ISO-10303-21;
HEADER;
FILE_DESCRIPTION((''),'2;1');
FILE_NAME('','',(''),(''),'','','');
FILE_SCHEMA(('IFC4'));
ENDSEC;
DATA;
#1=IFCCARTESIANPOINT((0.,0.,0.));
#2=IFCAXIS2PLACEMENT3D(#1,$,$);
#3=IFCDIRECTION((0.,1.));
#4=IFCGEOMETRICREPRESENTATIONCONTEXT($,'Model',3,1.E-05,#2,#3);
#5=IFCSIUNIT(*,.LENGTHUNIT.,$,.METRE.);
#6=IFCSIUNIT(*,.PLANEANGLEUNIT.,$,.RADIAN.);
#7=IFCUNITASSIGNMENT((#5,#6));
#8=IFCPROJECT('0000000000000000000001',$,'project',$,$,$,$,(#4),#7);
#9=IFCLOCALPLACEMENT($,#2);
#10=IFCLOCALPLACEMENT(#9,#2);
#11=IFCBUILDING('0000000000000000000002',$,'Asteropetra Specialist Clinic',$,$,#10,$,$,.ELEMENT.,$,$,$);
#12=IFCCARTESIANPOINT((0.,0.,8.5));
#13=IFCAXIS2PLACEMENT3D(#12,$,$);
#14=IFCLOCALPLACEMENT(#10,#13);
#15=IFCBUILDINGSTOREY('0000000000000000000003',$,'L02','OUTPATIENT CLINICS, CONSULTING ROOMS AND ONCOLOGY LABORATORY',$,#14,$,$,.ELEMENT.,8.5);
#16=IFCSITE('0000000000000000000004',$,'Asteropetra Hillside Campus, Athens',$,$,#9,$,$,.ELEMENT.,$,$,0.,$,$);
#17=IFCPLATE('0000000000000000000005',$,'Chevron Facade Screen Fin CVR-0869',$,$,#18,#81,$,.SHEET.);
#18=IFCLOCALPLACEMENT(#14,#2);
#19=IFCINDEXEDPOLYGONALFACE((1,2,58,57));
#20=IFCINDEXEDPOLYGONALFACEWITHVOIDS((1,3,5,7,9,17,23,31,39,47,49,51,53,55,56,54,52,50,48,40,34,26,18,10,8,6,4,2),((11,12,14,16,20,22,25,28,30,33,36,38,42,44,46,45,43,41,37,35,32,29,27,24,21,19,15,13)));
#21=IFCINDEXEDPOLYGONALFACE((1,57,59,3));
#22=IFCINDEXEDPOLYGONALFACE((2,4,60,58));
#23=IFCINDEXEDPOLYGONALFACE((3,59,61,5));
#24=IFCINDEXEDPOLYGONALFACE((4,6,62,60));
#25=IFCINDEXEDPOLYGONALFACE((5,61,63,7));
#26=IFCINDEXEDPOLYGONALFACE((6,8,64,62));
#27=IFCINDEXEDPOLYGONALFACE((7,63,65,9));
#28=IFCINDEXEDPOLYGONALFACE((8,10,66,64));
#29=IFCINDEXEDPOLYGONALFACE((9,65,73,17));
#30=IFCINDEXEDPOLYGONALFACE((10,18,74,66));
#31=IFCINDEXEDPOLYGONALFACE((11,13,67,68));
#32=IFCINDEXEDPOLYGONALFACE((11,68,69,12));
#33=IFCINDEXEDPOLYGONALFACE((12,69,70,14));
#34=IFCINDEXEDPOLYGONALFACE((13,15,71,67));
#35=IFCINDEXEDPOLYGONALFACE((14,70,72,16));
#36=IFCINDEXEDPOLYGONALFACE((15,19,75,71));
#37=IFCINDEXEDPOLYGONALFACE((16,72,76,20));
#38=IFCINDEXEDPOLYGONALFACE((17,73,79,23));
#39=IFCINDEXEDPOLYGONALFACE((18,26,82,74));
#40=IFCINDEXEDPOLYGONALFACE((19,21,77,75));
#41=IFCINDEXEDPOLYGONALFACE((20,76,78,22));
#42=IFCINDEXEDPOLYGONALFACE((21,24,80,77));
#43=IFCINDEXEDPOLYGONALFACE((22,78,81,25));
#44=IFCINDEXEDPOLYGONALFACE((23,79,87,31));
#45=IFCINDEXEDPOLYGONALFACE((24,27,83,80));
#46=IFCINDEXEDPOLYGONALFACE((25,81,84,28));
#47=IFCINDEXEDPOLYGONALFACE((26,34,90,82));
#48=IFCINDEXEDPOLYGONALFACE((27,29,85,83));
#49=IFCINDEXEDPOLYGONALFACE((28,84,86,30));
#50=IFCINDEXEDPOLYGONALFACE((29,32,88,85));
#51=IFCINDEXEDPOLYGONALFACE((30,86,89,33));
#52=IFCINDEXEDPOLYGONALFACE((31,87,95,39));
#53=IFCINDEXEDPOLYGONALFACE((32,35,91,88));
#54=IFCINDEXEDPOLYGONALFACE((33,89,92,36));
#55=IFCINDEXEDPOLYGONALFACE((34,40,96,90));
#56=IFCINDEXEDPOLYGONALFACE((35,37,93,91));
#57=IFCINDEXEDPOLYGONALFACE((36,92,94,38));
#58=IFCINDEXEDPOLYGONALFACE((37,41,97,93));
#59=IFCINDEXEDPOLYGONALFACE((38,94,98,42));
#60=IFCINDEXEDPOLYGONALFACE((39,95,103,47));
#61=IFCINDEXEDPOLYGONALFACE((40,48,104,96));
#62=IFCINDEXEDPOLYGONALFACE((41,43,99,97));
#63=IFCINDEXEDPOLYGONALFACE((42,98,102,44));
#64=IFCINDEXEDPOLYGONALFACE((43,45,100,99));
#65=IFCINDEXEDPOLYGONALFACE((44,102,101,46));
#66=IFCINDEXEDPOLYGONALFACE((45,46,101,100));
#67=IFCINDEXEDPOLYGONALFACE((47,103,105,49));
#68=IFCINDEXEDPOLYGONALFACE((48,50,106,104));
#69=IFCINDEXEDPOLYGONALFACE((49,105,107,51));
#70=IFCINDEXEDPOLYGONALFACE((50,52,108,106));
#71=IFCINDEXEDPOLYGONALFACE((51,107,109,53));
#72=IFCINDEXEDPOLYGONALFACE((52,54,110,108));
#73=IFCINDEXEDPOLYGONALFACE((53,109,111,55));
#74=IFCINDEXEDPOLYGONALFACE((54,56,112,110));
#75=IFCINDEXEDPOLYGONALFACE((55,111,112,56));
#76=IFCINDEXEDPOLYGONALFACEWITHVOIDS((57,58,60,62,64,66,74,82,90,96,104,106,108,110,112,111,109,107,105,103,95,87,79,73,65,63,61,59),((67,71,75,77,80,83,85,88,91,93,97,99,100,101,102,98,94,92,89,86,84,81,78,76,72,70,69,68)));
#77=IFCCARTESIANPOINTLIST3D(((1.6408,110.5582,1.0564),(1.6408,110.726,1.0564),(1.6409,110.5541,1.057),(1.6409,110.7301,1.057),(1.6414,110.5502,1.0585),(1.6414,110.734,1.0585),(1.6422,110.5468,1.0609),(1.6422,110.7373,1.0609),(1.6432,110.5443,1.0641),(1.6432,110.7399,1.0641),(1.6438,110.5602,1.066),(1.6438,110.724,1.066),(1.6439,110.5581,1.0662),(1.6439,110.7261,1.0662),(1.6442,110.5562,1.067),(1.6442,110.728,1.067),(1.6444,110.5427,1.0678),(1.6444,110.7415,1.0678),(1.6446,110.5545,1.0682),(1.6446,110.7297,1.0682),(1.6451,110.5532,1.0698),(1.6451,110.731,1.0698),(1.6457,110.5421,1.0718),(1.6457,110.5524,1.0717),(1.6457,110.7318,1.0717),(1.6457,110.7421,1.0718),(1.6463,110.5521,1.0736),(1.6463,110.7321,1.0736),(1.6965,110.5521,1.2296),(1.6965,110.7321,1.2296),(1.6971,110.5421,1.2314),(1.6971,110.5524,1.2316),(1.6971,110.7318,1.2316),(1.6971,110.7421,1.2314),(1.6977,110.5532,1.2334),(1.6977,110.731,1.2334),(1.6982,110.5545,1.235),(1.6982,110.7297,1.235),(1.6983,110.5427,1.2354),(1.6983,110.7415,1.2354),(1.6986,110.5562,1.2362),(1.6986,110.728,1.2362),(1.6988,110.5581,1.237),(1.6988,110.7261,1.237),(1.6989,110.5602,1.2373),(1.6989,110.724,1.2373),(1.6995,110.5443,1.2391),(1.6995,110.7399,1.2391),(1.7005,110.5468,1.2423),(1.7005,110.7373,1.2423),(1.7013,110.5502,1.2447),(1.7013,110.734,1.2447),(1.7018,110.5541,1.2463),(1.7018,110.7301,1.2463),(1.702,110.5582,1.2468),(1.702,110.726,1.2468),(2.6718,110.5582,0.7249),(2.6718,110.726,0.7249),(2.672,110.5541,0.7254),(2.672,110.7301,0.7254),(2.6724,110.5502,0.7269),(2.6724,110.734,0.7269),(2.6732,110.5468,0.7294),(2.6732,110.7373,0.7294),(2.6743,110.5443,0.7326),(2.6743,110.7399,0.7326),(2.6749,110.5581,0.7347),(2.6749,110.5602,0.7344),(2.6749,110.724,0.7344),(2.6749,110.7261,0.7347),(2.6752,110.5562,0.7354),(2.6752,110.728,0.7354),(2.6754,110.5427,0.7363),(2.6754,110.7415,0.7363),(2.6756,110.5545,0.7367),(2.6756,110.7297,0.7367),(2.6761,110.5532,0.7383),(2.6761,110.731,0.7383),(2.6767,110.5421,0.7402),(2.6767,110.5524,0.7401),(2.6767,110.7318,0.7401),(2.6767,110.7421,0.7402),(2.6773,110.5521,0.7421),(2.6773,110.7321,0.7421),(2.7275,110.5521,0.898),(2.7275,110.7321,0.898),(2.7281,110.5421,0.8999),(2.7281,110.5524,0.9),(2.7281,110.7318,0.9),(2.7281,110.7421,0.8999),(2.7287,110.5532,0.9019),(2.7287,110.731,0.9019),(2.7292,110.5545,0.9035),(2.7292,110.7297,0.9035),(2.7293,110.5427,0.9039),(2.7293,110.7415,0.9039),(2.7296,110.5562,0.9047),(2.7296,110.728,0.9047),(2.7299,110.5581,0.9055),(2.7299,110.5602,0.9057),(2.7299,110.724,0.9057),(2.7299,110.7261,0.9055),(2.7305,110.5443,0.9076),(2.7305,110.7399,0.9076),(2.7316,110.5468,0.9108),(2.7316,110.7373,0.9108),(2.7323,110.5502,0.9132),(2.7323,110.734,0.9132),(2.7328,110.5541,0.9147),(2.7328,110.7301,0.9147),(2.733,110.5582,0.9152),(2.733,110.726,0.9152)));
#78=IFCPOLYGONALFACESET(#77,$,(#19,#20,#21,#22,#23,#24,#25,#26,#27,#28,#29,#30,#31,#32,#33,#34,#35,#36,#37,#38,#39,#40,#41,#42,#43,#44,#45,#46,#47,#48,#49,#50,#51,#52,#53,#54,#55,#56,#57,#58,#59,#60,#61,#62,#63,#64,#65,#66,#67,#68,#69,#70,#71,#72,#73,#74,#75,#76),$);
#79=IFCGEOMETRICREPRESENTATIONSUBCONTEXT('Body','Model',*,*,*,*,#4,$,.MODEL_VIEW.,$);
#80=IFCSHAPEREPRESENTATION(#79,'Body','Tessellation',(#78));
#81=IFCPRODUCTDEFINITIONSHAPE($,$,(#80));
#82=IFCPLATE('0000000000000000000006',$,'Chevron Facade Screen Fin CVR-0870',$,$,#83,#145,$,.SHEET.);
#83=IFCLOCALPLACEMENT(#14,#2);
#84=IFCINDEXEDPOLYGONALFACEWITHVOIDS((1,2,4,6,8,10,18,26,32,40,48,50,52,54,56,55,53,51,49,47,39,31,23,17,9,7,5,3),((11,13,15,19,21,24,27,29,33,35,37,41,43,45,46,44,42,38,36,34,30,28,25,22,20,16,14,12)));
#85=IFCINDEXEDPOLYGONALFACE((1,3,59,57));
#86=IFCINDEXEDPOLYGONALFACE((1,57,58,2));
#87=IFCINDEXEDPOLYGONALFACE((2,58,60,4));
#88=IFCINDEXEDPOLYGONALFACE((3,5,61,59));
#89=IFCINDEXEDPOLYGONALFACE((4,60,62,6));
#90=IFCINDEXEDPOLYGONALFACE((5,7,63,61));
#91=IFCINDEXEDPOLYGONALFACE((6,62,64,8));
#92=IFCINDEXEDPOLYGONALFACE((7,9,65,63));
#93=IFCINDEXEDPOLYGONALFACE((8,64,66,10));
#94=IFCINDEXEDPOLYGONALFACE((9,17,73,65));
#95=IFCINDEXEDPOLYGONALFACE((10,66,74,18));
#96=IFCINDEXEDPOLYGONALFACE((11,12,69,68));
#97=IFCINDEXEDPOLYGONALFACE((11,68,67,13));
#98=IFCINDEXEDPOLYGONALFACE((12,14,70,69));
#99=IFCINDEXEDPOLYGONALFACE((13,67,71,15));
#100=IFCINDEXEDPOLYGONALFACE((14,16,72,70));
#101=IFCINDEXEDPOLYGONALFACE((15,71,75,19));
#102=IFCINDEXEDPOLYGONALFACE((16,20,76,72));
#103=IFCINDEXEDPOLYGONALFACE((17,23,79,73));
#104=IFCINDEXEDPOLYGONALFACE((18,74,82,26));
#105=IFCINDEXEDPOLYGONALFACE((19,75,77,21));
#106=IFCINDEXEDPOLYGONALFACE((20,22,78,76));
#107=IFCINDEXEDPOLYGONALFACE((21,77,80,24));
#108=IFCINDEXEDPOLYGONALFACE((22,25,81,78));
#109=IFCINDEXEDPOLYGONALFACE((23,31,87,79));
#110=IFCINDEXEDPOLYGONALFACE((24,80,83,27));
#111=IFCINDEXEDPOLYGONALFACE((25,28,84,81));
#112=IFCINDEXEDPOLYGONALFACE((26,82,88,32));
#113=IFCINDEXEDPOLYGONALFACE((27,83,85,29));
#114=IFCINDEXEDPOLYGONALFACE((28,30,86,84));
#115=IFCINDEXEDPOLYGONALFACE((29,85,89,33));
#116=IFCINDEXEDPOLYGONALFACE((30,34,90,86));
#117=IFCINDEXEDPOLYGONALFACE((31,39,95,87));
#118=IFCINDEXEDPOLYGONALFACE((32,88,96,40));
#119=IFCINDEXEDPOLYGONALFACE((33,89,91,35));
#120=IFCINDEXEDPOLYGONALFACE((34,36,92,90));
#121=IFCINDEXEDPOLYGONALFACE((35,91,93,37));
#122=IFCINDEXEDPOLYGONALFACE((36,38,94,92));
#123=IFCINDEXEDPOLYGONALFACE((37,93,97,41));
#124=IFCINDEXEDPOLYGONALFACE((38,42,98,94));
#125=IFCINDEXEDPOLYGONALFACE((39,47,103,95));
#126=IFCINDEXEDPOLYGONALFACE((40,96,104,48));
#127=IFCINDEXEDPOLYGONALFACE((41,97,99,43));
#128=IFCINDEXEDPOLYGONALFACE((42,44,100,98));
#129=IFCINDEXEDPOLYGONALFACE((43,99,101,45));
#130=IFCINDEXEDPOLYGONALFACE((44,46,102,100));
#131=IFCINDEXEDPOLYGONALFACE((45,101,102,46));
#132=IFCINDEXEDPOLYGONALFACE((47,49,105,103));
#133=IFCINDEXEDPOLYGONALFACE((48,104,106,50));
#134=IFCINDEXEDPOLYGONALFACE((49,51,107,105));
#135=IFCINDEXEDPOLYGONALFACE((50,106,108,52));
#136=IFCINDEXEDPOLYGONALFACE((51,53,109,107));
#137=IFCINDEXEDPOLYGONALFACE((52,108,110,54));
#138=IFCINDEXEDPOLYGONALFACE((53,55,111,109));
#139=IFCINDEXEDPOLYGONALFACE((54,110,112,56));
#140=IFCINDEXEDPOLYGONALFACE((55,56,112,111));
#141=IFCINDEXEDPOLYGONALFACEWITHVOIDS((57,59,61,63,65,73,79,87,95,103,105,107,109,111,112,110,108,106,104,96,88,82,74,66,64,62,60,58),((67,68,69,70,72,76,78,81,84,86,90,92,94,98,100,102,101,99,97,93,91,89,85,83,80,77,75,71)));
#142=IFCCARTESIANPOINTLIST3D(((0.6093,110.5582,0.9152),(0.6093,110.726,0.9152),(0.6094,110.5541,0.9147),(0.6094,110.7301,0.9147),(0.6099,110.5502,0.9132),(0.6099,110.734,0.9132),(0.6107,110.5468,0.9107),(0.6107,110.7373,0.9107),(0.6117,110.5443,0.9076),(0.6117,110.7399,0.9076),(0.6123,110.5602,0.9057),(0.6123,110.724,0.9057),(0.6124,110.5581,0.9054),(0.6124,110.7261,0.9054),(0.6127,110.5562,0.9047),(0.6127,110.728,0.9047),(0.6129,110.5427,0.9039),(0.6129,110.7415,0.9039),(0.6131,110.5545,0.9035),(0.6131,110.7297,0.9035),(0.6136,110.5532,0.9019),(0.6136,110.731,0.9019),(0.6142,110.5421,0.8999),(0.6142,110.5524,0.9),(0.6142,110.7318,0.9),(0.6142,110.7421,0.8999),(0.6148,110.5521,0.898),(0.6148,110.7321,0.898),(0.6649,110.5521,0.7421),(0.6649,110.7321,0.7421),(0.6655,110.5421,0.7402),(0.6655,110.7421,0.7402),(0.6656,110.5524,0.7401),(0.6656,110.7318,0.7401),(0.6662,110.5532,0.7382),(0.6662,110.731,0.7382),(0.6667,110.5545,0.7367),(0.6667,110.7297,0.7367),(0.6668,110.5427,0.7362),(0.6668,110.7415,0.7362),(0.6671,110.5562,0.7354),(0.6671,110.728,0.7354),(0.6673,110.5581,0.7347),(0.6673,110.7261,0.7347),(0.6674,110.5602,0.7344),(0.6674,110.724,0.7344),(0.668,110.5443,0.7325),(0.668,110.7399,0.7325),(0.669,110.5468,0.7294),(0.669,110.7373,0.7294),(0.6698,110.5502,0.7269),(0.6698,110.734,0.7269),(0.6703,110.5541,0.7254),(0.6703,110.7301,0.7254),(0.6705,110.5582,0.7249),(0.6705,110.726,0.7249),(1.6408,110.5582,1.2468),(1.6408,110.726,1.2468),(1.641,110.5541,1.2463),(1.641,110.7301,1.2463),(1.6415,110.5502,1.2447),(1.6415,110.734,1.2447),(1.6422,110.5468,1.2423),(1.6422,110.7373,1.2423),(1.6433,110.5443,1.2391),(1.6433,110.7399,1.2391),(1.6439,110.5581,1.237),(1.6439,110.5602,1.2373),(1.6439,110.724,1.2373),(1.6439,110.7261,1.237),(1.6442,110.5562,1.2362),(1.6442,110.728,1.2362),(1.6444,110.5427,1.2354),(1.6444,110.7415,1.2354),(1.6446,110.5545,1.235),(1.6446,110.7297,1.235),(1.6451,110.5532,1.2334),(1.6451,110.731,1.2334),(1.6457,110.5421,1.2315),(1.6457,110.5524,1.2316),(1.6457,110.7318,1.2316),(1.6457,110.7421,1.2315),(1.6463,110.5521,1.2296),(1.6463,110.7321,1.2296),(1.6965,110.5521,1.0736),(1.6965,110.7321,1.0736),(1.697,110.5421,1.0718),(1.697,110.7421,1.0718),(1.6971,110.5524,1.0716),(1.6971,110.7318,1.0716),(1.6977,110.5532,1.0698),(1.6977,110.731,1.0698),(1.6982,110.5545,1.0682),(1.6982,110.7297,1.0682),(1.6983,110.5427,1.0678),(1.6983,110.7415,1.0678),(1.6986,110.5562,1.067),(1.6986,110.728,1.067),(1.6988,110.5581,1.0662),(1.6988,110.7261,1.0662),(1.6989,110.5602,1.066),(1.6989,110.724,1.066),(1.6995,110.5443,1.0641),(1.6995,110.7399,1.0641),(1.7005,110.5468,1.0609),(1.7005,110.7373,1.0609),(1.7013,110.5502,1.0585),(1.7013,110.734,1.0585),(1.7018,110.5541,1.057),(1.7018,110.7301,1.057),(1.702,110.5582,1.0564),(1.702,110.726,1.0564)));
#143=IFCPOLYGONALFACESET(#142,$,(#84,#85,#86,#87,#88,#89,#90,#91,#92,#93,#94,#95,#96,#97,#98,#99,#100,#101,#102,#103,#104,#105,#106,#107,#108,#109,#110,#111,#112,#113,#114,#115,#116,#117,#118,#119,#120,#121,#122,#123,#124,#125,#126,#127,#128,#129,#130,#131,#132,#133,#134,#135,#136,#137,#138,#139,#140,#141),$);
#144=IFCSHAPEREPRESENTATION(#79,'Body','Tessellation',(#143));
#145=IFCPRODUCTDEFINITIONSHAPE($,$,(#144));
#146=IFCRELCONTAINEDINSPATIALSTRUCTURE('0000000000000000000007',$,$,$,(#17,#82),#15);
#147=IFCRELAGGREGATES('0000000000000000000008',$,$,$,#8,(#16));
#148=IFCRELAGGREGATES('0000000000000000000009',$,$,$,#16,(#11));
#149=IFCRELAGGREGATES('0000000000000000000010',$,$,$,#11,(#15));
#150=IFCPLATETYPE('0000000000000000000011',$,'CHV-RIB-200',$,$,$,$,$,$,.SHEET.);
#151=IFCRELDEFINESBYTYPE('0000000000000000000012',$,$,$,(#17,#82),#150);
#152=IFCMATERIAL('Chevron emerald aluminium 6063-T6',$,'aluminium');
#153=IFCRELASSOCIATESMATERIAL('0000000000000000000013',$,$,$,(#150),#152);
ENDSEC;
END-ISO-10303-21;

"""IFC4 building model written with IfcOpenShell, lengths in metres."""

from ifc_helpers import new_model, si_unit, direction, frame, origin, origin_2d, place, context, subcontext, project, spatial, hollow_rectangle, extrude, material, material_profile, profile_set, type_object, element, save


model = new_model("IFC4")

# Units and contexts
model_context = context("Model", 3, precision=1e-05, world=origin(), true_north=direction((0.0, 1.0)))
body_context = subcontext(model_context, "Body", "Model", "MODEL_VIEW")
ifc_project = project(units=[si_unit("LENGTHUNIT", "METRE"), si_unit("PLANEANGLEUNIT", "RADIAN")], contexts=[model_context])

# Site, building, storey
site_placement = place(None, origin())
site = spatial("IfcSite", under=ifc_project, at=site_placement, Name="Asteropetra Hillside Campus, Athens", CompositionType="ELEMENT", RefElevation=0.0)
building_placement = place(site_placement, origin())
building = spatial("IfcBuilding", under=site, at=building_placement, Name="Asteropetra Specialist Clinic", CompositionType="ELEMENT")
storey_placement = place(building_placement, frame((0.0, 0.0, 8.5)))
storey = spatial("IfcBuildingStorey", under=building, at=storey_placement, Name="L02", Description="OUTPATIENT CLINICS, CONSULTING ROOMS AND ONCOLOGY LABORATORY", CompositionType="ELEMENT", Elevation=8.5)

# Plates
ifc_material_1 = material(Name="Chevron emerald aluminium 6063-T6", Category="aluminium")
ifc_material_profile_1 = material_profile(ifc_material_1, hollow_rectangle(XDim=0.2, YDim=0.2, WallThickness=0.01, InnerFilletRadius=0.0081, OuterFilletRadius=0.0161, at=origin_2d()), Name="SHS 200x200x10.0")
ifc_profile_set_1 = profile_set([ifc_material_profile_1], Name="Chevron emerald aluminium 6063-T6")
plate_type_1 = type_object("IfcPlateType", Name="CHV-RIB-200", PredefinedType="SHEET", material=ifc_profile_set_1)
plate_1_placement = place(storey_placement, frame((2.7024, 110.6421, 0.8201), z_axis=(-0.951989, 0.0, 0.306133), x_axis=(0.0, -1.0, 0.0)))
element("IfcPlate", 1, at=plate_1_placement, inside=storey, type_object=plate_type_1, Name="Chevron Facade Screen Fin CVR-0869", PredefinedType="SHEET", context=body_context, shape_type="SweptSolid", body=[
    extrude(hollow_rectangle(XDim=0.2, YDim=0.2, WallThickness=0.01, InnerFilletRadius=0.0081, OuterFilletRadius=0.0161, at=origin_2d()), origin(), (0.0, 0.0, 1.0), 1.083),
])
plate_2_placement = place(storey_placement, frame((1.6714, 110.6421, 1.1516), z_axis=(-0.952031, 0.0, -0.306002), x_axis=(0.0, -1.0, 0.0)))
element("IfcPlate", 2, at=plate_2_placement, inside=storey, type_object=plate_type_1, Name="Chevron Facade Screen Fin CVR-0870", PredefinedType="SHEET", context=body_context, shape_type="SweptSolid", body=[
    extrude(hollow_rectangle(XDim=0.2, YDim=0.2, WallThickness=0.01, InnerFilletRadius=0.0081, OuterFilletRadius=0.0161, at=origin_2d()), origin(), (0.0, 0.0, 1.0), 1.0835),
])

save(model, "model.ifc")
